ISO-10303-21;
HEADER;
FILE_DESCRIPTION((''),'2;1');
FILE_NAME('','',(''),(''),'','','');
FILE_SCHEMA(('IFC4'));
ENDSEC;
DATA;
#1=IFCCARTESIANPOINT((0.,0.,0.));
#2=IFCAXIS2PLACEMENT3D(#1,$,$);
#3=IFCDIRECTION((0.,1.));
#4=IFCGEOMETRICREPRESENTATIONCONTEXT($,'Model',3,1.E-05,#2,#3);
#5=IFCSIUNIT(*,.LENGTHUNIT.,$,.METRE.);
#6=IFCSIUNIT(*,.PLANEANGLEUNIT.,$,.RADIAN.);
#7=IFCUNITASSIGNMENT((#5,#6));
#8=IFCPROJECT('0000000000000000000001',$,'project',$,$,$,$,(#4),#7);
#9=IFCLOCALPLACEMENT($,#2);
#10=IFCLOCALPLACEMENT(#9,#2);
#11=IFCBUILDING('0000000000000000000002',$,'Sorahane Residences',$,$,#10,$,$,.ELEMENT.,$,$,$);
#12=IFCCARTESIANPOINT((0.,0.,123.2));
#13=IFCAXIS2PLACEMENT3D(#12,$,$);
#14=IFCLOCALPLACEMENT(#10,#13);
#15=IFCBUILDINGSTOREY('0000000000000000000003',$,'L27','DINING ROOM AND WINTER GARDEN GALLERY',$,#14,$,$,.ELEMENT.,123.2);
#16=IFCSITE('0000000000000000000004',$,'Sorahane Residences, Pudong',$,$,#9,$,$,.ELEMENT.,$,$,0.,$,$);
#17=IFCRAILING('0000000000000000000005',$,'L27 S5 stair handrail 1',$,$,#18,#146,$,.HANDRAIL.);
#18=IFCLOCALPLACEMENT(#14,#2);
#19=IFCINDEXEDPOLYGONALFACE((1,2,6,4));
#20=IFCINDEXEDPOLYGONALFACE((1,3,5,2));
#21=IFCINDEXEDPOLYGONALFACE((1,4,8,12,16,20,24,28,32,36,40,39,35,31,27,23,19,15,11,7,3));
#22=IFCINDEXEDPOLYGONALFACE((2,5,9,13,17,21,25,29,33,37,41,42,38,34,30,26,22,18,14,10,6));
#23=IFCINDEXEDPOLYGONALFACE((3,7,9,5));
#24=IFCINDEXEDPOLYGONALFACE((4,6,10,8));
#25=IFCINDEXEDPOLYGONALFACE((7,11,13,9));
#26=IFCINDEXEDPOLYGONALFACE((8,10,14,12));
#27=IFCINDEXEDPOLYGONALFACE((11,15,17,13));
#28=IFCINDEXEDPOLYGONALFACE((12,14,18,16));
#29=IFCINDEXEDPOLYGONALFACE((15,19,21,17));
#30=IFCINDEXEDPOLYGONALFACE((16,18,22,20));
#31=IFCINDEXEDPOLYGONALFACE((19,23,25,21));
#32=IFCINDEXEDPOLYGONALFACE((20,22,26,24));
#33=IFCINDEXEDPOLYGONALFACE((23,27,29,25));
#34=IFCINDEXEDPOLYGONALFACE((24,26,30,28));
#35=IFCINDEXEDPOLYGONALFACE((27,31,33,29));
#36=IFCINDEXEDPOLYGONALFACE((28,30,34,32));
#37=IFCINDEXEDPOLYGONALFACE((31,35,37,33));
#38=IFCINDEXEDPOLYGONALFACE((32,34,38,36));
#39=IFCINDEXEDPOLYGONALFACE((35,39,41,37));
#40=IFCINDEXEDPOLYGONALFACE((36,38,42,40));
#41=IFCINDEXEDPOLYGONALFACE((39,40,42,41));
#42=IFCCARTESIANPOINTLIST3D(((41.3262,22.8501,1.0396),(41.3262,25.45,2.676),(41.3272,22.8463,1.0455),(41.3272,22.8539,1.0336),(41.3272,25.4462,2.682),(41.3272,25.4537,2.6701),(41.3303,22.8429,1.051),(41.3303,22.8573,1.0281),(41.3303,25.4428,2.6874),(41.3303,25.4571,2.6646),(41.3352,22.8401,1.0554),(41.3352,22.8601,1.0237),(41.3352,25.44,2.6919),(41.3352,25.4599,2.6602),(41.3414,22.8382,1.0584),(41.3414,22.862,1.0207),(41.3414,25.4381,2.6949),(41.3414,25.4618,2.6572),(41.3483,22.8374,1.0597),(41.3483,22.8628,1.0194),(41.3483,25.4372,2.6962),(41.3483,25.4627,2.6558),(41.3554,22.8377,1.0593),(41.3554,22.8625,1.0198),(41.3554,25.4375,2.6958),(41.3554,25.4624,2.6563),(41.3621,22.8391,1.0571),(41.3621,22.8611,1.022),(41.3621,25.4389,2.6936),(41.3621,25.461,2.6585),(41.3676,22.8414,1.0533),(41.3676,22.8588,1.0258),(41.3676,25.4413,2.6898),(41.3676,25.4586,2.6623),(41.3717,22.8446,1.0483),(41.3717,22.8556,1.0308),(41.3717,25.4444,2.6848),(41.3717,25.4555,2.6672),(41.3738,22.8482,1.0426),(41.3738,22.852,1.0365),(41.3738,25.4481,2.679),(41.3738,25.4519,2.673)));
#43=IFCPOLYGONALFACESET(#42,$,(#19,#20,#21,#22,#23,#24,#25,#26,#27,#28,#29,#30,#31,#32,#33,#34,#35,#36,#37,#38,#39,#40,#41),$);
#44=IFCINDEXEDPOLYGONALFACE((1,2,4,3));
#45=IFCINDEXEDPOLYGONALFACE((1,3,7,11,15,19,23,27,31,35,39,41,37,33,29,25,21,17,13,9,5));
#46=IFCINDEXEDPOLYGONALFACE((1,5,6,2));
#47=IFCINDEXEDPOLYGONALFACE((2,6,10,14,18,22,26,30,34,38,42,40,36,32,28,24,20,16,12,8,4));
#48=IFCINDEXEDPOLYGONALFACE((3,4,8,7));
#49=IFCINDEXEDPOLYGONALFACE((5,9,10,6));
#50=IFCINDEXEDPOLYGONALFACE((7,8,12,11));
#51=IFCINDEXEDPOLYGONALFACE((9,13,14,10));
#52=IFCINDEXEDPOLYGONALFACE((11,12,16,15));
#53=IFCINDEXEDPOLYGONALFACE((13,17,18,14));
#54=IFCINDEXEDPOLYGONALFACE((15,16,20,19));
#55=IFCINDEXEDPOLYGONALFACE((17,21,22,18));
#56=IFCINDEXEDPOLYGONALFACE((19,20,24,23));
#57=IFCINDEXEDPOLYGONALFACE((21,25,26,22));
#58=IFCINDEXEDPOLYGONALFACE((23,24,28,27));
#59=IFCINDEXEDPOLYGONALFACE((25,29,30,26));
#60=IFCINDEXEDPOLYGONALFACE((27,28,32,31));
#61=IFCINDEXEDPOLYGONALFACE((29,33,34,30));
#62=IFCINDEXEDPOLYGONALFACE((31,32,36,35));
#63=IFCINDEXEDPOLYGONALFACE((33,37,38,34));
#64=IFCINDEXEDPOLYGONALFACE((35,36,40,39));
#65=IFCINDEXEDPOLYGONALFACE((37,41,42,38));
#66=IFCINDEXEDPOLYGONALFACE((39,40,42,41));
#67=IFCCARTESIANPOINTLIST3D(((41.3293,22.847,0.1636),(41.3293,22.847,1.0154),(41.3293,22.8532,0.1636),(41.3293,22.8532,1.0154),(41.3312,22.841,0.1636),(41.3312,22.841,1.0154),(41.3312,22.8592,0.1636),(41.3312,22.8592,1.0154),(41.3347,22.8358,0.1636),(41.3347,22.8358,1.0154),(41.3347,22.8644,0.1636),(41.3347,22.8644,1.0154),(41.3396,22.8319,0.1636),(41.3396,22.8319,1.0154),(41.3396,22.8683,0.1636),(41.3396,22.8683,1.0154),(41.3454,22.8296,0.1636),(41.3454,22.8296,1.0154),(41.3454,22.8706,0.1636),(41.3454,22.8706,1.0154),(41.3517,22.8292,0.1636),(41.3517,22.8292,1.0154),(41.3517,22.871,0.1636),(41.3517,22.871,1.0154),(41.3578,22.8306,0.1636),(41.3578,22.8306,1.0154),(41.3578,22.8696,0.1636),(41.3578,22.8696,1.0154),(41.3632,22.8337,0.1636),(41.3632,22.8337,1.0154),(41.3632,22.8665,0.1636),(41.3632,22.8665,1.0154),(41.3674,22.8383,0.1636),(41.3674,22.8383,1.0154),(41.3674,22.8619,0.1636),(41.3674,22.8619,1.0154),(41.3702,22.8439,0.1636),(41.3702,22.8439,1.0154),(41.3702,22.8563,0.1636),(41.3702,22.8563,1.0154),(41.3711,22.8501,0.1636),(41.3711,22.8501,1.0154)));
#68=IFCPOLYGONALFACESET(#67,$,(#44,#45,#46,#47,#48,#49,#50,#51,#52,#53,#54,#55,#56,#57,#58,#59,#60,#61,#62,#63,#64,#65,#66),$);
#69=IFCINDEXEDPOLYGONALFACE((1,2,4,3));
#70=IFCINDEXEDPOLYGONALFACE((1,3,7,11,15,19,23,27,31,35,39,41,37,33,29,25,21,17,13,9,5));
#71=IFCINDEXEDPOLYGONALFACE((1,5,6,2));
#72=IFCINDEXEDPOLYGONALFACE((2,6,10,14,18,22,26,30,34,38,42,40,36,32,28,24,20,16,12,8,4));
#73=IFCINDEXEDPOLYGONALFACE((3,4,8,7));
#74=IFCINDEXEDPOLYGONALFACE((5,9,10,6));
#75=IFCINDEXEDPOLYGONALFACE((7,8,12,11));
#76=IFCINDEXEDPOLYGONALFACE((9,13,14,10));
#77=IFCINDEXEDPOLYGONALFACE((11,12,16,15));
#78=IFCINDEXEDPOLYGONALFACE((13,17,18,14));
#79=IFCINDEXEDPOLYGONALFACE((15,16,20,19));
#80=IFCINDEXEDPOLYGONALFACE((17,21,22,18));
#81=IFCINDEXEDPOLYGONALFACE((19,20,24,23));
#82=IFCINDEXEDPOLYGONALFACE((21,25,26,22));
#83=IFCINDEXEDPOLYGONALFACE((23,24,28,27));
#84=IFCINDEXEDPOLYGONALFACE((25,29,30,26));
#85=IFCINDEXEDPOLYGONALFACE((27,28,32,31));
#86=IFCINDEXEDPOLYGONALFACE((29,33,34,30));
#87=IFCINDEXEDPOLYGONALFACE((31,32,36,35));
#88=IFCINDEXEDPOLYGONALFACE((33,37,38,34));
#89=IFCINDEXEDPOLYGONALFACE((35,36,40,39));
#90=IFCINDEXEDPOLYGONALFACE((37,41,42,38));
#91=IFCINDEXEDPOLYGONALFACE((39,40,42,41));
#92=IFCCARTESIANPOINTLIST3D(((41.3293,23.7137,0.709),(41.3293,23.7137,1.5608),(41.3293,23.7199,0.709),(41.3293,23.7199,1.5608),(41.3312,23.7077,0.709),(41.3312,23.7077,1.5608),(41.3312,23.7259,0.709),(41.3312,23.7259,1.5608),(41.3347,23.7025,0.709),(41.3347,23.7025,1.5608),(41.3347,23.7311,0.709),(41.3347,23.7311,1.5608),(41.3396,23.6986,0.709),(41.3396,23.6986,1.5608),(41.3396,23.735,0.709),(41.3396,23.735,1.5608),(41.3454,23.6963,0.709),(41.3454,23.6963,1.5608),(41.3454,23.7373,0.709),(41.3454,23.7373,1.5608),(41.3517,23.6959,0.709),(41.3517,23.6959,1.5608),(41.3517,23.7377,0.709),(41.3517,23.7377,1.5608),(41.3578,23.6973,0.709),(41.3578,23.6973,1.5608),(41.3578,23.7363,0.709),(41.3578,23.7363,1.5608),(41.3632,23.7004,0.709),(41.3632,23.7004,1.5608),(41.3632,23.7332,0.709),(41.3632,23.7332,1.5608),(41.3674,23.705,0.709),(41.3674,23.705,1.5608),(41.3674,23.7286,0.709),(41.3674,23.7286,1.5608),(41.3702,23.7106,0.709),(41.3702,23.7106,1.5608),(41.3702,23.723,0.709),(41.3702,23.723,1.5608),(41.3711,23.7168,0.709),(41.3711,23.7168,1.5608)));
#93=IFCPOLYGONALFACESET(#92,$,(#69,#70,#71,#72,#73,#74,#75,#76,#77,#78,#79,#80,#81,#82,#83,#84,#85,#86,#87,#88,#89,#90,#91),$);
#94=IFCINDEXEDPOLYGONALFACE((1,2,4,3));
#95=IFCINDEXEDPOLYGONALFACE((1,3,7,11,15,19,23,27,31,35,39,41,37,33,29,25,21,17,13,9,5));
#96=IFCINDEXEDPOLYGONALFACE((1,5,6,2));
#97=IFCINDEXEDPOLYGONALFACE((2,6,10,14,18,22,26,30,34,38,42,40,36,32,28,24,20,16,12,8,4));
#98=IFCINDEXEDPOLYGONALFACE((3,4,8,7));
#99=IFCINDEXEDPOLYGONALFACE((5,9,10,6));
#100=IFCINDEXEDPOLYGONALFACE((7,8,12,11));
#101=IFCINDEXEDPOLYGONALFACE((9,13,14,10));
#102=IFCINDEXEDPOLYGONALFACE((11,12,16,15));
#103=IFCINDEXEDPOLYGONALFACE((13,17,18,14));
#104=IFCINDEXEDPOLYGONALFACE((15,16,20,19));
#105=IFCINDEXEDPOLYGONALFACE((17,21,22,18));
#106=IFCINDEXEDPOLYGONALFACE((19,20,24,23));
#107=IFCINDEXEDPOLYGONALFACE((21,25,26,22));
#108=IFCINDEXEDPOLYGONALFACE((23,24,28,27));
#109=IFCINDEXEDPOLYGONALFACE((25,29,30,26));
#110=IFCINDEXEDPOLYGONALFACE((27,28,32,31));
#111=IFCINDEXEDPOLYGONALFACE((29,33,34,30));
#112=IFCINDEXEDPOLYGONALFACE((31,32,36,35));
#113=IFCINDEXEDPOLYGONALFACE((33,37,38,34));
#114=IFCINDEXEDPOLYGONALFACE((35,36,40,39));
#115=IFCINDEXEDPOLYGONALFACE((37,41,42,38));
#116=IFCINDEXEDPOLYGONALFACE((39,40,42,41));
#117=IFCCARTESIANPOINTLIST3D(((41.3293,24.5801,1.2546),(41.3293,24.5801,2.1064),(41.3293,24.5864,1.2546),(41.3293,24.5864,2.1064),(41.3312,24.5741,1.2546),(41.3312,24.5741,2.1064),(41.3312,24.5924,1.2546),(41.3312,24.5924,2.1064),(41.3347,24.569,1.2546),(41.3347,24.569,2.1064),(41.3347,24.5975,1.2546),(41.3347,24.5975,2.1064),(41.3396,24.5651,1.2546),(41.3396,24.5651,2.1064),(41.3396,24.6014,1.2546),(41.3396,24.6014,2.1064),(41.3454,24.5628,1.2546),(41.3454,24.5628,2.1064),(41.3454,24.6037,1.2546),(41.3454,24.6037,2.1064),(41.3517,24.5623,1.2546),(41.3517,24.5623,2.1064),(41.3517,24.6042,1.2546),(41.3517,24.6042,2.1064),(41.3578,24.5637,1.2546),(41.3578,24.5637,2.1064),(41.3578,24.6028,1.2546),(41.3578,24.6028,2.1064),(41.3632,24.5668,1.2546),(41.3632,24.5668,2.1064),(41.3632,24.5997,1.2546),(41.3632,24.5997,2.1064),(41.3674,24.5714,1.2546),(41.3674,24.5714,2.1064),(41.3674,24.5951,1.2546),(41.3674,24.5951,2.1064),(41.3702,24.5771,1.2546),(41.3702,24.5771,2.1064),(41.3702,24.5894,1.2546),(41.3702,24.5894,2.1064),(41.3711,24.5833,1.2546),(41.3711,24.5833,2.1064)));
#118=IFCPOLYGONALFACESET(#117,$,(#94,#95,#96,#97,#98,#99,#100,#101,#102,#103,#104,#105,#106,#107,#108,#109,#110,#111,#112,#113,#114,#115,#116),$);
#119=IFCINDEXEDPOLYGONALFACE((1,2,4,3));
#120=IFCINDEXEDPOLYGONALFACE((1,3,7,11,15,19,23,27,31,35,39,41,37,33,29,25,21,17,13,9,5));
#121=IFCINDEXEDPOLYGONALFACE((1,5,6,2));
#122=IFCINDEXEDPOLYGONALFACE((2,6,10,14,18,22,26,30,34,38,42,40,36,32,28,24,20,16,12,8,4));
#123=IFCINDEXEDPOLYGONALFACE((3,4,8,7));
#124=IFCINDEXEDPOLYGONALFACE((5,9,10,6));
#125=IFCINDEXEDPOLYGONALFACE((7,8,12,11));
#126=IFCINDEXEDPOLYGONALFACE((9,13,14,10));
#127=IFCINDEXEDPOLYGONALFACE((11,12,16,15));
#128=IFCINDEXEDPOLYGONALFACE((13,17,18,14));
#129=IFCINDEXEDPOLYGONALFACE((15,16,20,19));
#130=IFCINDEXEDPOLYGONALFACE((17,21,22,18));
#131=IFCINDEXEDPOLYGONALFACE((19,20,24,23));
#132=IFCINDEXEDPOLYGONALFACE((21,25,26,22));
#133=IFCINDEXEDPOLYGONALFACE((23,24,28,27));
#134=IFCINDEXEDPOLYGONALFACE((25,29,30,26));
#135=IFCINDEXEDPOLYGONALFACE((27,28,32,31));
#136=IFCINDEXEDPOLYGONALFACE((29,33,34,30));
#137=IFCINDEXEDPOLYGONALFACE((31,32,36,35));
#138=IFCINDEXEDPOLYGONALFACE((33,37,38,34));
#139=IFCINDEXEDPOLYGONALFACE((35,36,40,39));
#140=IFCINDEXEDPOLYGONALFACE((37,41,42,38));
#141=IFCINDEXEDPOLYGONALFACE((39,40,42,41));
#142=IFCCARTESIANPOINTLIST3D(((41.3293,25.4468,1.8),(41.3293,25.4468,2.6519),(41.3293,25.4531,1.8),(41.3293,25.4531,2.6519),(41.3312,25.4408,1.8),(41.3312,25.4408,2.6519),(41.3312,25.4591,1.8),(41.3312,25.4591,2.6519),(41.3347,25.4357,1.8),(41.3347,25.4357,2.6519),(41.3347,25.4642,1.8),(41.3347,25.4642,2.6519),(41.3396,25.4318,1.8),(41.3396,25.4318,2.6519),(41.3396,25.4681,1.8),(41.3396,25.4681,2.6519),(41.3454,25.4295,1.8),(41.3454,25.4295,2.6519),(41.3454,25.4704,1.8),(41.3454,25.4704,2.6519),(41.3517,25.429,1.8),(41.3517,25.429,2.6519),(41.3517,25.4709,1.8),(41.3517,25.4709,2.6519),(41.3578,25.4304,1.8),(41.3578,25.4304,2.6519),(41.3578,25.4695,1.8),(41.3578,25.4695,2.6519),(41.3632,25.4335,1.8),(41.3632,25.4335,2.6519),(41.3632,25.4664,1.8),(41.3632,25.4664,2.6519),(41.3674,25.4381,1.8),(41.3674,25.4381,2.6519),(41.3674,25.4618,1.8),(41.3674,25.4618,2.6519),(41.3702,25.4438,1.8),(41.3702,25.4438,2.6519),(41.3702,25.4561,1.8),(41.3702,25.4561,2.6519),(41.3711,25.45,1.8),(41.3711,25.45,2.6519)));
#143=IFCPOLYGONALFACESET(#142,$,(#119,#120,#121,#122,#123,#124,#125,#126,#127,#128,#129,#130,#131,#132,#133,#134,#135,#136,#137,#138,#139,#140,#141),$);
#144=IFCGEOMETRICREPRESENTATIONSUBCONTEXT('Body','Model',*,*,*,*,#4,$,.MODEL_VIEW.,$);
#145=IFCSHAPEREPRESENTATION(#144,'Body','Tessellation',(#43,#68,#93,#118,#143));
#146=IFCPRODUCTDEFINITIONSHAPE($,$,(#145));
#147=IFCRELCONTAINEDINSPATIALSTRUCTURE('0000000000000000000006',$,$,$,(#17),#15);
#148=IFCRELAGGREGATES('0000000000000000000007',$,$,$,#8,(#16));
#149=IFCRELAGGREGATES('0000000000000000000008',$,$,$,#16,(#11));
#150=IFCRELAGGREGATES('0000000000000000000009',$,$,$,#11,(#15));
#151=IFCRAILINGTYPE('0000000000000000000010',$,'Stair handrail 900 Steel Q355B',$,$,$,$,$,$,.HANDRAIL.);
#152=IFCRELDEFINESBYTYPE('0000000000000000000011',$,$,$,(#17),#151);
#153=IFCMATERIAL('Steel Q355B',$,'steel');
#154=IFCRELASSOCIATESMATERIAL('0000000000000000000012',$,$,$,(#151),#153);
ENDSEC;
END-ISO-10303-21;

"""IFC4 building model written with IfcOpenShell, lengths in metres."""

from ifc_helpers import new_model, si_unit, direction, frame, origin, origin_2d, place, context, subcontext, project, spatial, circle, extrude, material, type_object, element, save


model = new_model("IFC4")

# Units and contexts
model_context = context("Model", 3, precision=1e-05, world=origin(), true_north=direction((0.0, 1.0)))
body_context = subcontext(model_context, "Body", "Model", "MODEL_VIEW")
ifc_project = project(units=[si_unit("LENGTHUNIT", "METRE"), si_unit("PLANEANGLEUNIT", "RADIAN")], contexts=[model_context])

# Site, building, storey
site_placement = place(None, origin())
site = spatial("IfcSite", under=ifc_project, at=site_placement, Name="Sorahane Residences, Pudong", CompositionType="ELEMENT", RefElevation=0.0)
building_placement = place(site_placement, origin())
building = spatial("IfcBuilding", under=site, at=building_placement, Name="Sorahane Residences", CompositionType="ELEMENT")
storey_placement = place(building_placement, frame((0.0, 0.0, 123.2)))
storey = spatial("IfcBuildingStorey", under=building, at=storey_placement, Name="L27", Description="DINING ROOM AND WINTER GARDEN GALLERY", CompositionType="ELEMENT", Elevation=123.2)

# Railing
ifc_material_1 = material(Name="Steel Q355B", Category="steel")
railing_type = type_object("IfcRailingType", Name="Stair handrail 900 Steel Q355B", PredefinedType="HANDRAIL", material=ifc_material_1)
railing_placement = place(storey_placement, frame((41.3501, 22.8501, 0.1636)))
element("IfcRailing", 1, at=railing_placement, inside=storey, type_object=railing_type, Name="L27 S5 stair handrail 1", PredefinedType="HANDRAIL", context=body_context, shape_type="SweptSolid", body=[
    extrude(circle(Radius=0.0239, at=origin_2d()), frame((0.0, 0.0, 0.876), z_axis=(0.0, 0.846302, 0.532704), x_axis=(-1.0, 0.0, 0.0)), (0.0, 0.0, 1.0), 3.072),
    extrude(circle(Radius=0.021, at=origin_2d()), origin(), (0.0, 0.0, 1.0), 0.8518),
    extrude(circle(Radius=0.021, at=origin_2d()), frame((0.0, 0.8667, 0.5454)), (0.0, 0.0, 1.0), 0.8518),
    extrude(circle(Radius=0.021, at=origin_2d()), frame((0.0, 1.7332, 1.0911)), (0.0, 0.0, 1.0), 0.8518),
    extrude(circle(Radius=0.021, at=origin_2d()), frame((0.0, 2.5999, 1.6365)), (0.0, 0.0, 1.0), 0.8518),
])

save(model, "model.ifc")
